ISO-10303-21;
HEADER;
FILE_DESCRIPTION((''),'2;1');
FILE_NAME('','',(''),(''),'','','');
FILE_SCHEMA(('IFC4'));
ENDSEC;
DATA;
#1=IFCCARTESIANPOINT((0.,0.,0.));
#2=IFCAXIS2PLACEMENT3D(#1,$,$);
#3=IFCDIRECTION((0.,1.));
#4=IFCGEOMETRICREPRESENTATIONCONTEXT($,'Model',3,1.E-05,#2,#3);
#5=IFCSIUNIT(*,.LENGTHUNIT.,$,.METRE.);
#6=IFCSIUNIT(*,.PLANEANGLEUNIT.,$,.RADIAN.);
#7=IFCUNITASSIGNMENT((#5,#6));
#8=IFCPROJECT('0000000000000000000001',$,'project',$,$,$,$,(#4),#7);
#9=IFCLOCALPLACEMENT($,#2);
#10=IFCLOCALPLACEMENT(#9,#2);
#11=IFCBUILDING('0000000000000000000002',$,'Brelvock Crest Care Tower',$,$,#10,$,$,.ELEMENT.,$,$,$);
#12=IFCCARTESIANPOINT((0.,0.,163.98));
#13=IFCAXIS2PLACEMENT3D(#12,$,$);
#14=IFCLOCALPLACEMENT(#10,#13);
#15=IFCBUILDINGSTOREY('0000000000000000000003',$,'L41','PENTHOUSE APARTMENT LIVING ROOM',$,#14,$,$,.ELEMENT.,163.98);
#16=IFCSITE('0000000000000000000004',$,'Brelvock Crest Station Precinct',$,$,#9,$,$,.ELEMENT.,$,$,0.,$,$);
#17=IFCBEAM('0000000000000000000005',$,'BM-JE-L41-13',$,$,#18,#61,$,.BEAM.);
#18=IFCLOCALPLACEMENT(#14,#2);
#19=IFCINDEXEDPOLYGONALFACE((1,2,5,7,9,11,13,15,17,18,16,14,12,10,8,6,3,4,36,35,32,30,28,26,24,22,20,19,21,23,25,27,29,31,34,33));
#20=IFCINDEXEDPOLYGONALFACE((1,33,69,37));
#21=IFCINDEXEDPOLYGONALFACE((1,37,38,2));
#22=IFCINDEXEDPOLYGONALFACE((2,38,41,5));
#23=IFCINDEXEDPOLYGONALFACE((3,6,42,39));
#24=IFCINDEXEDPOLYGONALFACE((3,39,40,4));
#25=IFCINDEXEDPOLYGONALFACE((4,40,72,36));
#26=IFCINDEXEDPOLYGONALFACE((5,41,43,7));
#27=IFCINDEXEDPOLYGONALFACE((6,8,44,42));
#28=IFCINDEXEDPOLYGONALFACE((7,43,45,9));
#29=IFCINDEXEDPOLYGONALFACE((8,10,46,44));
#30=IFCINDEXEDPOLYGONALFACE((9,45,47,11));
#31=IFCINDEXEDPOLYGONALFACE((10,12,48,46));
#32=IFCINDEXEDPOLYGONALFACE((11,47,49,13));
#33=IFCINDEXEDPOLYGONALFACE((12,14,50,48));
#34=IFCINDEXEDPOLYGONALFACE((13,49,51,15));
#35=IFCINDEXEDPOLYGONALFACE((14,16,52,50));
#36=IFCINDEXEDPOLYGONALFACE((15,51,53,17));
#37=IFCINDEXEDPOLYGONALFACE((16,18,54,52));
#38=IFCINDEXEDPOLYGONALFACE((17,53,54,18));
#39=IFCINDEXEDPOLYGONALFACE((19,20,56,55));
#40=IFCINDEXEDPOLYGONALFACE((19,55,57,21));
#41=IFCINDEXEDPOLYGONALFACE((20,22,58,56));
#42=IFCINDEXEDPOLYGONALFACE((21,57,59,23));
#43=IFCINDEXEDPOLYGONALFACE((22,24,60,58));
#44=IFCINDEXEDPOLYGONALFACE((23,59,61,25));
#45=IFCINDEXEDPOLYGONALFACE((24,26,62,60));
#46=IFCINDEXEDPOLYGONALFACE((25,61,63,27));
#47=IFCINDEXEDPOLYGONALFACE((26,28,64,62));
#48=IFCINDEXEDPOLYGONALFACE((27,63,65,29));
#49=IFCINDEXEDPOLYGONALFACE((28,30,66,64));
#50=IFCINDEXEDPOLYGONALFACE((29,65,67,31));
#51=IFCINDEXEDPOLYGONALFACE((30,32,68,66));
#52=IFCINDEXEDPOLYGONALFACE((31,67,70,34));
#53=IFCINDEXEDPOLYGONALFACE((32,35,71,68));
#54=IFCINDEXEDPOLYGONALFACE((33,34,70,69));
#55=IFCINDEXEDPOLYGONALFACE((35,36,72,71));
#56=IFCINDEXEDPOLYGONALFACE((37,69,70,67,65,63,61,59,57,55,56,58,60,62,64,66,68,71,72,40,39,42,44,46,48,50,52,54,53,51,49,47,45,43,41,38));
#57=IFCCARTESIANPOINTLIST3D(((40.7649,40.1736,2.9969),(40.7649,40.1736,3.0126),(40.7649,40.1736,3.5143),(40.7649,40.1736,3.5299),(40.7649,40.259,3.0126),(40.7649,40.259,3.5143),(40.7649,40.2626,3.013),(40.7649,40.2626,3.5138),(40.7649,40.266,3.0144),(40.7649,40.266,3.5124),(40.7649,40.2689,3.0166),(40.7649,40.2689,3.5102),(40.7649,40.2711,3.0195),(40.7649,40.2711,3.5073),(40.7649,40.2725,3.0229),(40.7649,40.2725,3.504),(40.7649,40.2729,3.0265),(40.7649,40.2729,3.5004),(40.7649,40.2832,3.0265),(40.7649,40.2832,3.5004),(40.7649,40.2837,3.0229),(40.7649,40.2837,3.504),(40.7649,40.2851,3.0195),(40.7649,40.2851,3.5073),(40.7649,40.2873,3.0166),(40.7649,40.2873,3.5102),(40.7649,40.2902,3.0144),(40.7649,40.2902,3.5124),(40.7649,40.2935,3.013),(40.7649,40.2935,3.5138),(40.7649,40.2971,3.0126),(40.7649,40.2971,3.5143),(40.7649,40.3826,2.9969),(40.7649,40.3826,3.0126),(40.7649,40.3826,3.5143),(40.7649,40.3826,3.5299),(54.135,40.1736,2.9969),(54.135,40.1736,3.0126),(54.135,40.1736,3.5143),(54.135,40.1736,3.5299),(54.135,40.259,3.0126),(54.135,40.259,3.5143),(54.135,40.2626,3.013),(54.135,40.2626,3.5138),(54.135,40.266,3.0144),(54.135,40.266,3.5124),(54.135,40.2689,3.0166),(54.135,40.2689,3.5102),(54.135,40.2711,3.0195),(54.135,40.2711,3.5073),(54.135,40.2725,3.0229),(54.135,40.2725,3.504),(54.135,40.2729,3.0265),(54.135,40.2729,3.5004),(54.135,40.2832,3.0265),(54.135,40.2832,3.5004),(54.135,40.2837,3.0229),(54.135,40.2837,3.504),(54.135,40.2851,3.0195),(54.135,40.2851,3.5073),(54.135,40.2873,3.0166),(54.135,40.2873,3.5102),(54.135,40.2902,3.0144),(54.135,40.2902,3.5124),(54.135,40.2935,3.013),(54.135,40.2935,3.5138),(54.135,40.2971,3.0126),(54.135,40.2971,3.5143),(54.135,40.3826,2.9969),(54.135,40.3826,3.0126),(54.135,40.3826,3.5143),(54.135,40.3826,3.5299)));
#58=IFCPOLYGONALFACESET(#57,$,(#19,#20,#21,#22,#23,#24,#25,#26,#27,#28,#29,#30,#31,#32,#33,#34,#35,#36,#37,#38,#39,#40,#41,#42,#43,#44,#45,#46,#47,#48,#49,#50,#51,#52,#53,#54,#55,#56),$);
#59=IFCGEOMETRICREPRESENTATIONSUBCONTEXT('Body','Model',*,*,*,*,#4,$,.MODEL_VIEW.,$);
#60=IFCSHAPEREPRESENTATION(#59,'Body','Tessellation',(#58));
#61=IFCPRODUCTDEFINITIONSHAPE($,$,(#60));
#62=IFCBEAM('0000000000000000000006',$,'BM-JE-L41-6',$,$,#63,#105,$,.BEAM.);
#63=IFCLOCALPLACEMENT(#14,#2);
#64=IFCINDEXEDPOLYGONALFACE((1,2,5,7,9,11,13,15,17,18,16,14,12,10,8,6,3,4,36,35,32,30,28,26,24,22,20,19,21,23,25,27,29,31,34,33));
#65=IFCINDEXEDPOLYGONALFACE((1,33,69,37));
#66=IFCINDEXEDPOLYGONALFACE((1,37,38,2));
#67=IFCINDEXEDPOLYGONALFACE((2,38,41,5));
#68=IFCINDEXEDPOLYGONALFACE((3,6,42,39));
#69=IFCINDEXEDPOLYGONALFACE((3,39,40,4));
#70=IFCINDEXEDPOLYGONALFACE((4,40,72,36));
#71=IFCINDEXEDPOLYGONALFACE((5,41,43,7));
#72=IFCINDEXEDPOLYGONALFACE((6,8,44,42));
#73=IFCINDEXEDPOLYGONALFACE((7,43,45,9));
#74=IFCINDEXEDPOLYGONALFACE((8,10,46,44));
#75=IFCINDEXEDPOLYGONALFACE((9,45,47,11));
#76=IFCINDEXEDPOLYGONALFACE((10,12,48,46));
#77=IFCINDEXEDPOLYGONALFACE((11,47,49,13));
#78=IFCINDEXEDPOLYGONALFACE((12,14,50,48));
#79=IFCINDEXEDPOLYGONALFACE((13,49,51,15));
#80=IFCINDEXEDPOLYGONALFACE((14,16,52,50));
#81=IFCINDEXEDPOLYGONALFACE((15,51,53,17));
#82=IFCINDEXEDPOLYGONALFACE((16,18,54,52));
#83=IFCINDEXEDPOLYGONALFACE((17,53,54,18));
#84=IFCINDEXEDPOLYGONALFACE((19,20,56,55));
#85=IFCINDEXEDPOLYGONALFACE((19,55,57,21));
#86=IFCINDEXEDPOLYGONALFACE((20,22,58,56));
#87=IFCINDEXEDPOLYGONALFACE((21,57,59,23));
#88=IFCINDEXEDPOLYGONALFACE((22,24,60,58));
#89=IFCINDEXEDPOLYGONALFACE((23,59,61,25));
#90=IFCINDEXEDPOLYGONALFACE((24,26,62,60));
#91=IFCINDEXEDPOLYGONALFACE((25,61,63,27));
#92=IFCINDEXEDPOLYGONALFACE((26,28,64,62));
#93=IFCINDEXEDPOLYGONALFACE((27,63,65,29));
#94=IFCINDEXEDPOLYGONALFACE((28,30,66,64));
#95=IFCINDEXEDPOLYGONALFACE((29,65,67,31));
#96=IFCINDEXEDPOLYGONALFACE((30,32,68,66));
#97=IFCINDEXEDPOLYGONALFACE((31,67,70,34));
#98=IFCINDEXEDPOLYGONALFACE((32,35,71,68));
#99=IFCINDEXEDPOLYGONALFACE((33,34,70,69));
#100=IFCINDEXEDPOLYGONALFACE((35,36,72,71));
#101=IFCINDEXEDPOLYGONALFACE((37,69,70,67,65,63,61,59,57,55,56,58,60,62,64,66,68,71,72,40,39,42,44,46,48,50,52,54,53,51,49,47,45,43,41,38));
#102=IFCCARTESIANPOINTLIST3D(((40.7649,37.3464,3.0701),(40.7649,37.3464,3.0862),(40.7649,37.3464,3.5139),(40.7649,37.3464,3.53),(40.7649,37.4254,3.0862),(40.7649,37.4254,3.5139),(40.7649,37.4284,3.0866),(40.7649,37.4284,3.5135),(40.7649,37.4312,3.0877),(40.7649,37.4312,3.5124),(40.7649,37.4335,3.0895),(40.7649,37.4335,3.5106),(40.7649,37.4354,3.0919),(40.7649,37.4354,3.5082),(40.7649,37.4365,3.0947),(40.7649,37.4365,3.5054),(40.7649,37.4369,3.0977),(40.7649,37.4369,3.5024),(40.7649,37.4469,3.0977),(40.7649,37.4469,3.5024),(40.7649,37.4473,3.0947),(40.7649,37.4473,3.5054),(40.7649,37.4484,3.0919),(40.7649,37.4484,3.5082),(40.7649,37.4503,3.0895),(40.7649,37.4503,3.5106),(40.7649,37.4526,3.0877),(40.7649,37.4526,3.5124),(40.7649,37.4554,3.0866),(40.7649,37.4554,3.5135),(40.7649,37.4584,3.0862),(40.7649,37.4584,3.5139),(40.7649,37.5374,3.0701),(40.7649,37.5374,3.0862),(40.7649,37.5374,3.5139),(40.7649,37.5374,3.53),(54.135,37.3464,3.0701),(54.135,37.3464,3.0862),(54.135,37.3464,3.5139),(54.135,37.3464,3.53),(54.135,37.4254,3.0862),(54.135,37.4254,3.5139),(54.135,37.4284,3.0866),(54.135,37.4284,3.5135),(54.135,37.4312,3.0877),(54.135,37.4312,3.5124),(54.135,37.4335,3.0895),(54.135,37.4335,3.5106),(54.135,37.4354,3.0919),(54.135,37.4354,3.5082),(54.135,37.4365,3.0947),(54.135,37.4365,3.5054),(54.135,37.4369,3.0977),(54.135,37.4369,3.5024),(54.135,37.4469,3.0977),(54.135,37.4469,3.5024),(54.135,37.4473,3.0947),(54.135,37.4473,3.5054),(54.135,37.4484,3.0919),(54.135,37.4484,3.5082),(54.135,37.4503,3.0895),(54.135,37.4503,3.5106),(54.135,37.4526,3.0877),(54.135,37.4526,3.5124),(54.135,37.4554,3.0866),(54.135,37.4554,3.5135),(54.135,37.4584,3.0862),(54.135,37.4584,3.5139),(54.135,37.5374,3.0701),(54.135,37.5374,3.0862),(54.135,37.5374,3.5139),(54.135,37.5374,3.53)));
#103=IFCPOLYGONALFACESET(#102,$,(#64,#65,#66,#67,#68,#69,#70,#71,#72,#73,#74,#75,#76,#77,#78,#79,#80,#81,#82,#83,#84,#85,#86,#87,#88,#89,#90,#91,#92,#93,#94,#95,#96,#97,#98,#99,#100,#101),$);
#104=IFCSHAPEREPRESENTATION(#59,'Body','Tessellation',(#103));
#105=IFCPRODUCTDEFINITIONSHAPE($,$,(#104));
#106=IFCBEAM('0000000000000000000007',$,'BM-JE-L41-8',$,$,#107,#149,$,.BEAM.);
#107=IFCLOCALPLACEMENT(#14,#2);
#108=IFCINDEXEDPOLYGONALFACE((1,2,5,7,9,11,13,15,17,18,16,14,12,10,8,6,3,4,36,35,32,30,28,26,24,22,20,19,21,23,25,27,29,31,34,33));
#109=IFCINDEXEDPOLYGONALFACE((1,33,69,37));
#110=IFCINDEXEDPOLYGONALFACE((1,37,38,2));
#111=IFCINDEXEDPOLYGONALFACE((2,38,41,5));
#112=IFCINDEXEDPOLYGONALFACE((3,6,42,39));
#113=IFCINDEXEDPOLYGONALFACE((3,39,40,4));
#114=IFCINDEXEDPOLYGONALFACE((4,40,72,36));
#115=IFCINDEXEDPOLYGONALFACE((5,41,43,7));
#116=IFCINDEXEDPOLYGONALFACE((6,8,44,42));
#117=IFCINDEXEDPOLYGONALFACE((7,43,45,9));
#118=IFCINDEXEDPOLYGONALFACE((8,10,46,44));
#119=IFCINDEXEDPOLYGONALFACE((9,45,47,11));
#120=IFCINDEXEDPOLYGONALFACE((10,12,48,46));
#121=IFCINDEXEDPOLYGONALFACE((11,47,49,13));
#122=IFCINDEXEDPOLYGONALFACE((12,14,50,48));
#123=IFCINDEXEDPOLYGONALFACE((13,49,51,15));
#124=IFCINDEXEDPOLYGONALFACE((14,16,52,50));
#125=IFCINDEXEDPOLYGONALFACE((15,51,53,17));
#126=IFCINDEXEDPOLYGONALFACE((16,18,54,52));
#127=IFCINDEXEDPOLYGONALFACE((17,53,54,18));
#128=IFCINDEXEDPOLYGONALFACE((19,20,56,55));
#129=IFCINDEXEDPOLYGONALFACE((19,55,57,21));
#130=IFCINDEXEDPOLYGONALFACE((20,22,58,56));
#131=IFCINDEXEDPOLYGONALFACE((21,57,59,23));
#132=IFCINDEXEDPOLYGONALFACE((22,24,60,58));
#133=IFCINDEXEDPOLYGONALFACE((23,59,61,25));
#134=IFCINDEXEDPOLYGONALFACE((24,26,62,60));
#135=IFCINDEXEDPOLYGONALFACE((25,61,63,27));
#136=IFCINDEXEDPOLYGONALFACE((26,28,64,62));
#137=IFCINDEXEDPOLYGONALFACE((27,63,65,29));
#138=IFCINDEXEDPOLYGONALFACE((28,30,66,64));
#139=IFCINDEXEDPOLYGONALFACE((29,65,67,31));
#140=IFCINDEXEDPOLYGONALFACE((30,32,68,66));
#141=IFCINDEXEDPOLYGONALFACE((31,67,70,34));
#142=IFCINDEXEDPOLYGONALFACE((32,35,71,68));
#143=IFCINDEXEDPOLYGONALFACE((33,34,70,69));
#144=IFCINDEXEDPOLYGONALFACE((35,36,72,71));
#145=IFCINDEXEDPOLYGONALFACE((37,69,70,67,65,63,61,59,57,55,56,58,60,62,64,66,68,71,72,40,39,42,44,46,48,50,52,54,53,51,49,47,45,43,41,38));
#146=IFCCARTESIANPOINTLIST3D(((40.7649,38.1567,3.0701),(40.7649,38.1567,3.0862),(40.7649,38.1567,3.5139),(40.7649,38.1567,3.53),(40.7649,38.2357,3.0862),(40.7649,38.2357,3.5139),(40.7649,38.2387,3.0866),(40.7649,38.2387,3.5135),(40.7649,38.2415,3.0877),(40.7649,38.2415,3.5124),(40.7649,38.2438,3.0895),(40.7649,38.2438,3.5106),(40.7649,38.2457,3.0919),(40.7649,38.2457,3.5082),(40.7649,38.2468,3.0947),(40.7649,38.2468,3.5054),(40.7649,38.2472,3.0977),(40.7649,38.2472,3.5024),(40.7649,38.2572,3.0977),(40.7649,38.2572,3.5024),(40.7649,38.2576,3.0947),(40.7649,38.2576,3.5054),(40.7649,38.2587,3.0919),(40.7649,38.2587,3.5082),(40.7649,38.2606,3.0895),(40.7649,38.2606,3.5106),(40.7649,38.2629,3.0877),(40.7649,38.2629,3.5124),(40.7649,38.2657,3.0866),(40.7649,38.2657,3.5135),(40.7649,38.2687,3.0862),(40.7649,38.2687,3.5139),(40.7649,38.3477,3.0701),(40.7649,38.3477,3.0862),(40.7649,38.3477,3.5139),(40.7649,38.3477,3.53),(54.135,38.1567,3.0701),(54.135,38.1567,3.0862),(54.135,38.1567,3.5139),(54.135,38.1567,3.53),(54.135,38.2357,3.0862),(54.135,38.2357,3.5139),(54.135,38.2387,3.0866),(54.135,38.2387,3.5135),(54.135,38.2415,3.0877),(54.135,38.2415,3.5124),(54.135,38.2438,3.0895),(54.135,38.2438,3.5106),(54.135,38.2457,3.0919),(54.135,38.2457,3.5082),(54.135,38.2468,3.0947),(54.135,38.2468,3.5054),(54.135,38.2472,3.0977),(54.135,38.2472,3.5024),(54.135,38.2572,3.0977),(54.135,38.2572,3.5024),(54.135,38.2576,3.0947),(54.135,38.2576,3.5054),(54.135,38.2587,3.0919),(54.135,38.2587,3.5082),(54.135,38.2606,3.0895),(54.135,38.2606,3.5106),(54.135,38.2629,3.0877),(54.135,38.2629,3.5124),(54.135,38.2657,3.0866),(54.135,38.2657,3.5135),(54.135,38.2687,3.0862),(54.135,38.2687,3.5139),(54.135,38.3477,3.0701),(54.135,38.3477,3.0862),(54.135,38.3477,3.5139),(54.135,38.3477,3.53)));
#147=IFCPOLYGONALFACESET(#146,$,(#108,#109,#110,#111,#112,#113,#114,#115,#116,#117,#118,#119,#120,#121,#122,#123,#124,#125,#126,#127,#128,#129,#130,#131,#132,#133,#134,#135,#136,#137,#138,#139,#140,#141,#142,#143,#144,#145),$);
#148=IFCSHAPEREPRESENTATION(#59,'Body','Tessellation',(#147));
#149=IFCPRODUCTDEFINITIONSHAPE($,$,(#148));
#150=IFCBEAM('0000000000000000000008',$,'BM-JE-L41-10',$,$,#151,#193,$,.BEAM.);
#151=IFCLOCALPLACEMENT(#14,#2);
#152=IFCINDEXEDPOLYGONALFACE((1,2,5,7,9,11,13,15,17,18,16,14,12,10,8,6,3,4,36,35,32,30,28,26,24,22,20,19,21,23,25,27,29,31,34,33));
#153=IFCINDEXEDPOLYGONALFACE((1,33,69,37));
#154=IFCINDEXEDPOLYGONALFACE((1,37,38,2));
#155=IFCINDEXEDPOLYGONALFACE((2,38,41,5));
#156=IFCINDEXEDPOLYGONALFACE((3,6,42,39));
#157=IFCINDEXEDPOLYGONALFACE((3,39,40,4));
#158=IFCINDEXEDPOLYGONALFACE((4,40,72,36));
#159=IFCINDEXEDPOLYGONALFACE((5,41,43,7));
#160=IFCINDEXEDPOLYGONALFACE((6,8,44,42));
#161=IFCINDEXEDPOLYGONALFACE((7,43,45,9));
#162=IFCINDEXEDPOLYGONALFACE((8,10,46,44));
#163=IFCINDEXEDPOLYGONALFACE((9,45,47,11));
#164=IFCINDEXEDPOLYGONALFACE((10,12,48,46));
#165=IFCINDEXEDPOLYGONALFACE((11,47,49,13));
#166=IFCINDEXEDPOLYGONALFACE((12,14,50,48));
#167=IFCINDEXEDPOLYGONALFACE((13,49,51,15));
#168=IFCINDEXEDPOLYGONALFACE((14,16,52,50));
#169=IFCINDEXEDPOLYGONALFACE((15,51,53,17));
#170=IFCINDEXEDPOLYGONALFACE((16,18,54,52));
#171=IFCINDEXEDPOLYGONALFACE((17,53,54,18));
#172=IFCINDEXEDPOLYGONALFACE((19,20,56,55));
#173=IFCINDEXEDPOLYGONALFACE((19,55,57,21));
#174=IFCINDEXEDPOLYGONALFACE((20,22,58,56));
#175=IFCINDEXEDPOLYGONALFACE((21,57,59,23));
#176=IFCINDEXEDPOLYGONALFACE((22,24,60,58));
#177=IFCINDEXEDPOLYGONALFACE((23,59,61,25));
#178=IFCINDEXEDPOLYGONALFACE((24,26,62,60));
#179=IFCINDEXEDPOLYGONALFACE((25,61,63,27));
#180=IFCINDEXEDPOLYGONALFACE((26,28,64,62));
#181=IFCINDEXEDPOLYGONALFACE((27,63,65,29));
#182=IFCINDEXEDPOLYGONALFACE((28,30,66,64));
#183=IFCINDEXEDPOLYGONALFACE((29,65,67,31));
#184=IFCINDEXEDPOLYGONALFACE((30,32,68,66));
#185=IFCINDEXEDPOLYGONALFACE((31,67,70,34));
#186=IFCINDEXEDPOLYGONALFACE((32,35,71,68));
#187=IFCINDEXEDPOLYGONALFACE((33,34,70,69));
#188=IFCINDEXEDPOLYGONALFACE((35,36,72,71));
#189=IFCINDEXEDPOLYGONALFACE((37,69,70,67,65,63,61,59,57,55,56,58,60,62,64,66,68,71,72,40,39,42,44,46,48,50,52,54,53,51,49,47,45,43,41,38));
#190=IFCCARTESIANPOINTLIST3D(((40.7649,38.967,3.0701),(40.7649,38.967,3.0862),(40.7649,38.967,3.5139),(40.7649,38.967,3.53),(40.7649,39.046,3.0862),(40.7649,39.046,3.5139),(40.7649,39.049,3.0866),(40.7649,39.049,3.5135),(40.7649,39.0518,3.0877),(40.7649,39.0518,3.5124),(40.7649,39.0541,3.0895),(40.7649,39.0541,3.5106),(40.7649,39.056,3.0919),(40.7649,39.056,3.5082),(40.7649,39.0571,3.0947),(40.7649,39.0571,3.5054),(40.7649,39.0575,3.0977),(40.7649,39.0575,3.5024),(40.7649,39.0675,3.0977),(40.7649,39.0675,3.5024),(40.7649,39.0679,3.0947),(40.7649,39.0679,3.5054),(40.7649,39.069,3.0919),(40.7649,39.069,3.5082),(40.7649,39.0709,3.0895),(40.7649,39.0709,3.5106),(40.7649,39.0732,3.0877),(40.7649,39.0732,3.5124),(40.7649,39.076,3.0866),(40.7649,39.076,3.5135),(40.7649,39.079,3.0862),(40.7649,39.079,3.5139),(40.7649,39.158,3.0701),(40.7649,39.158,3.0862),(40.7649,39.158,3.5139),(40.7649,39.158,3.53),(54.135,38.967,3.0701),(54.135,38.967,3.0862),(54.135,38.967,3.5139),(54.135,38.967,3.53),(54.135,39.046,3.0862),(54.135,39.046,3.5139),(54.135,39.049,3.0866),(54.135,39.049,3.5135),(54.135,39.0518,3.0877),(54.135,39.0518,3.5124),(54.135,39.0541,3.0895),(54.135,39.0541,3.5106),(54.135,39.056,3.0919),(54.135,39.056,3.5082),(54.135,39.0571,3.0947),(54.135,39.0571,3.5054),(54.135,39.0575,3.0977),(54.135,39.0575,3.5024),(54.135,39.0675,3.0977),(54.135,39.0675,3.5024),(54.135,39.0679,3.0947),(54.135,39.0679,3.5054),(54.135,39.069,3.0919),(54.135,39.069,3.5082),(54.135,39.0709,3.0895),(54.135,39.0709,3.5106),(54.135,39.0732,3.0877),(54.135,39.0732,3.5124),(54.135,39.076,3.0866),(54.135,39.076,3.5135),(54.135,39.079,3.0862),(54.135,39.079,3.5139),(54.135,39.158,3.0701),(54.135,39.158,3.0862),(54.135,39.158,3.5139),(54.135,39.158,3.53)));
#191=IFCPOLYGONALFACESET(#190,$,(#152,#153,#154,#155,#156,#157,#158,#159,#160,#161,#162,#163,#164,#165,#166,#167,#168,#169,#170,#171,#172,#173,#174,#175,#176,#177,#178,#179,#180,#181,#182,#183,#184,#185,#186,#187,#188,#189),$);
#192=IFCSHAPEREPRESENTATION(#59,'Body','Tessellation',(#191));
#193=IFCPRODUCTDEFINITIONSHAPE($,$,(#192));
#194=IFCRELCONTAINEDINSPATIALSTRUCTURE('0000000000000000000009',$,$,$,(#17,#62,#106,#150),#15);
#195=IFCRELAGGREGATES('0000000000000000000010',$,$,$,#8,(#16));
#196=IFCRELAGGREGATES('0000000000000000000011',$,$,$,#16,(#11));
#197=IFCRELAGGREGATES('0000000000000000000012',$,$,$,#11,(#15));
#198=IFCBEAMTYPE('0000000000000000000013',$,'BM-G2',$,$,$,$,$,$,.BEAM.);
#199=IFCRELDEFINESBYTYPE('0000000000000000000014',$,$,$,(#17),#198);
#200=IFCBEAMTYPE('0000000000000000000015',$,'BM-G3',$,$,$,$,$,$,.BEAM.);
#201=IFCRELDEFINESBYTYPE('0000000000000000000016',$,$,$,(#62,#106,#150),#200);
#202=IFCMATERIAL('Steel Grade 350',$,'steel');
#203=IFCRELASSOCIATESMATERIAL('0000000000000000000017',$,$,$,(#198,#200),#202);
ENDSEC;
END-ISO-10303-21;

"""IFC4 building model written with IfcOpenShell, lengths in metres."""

from ifc_helpers import new_model, si_unit, direction, frame, origin, origin_2d, place, context, subcontext, project, spatial, i_section, extrude, source, transform, mapped, material, material_profile, profile_set, type_object, element, save


model = new_model("IFC4")

# Units and contexts
model_context = context("Model", 3, precision=1e-05, world=origin(), true_north=direction((0.0, 1.0)))
body_context = subcontext(model_context, "Body", "Model", "MODEL_VIEW")
ifc_project = project(units=[si_unit("LENGTHUNIT", "METRE"), si_unit("PLANEANGLEUNIT", "RADIAN")], contexts=[model_context])

# Site, building, storey
site_placement = place(None, origin())
site = spatial("IfcSite", under=ifc_project, at=site_placement, Name="Brelvock Crest Station Precinct", CompositionType="ELEMENT", RefElevation=0.0)
building_placement = place(site_placement, origin())
building = spatial("IfcBuilding", under=site, at=building_placement, Name="Brelvock Crest Care Tower", CompositionType="ELEMENT")
storey_placement = place(building_placement, frame((0.0, 0.0, 163.98)))
storey = spatial("IfcBuildingStorey", under=building, at=storey_placement, Name="L41", Description="PENTHOUSE APARTMENT LIVING ROOM", CompositionType="ELEMENT", Elevation=163.98)

# Beams
ifc_material_1 = material(Name="Steel Grade 350", Category="steel")
ifc_material_profile_1 = material_profile(ifc_material_1, i_section(OverallWidth=0.209, OverallDepth=0.533, WebThickness=0.0103, FlangeThickness=0.0156, FilletRadius=0.0139, at=origin_2d()), Name="530UB92.4")
ifc_profile_set_1 = profile_set([ifc_material_profile_1], Name="Steel Grade 350")
beam_type_1 = type_object("IfcBeamType", Name="BM-G2", PredefinedType="BEAM", material=ifc_profile_set_1)
shared_shape_1 = source(origin(), body_context, "Body", "SweptSolid", [
    extrude(i_section(OverallWidth=0.209, OverallDepth=0.533, WebThickness=0.0103, FlangeThickness=0.0156, FilletRadius=0.0139, at=origin_2d()), origin(), (0.0, 0.0, 1.0), 13.3701),
])
for number, where, z_axis, x_axis, name in (
    (1, (40.7649, 40.2781, 3.2634), (1.0, 0.0, 0.0), (0.0, 1.0, 0.0), "BM-JE-L41-13"),
):
    element("IfcBeam", number, at=place(storey_placement, frame(where, z_axis=z_axis, x_axis=x_axis)), inside=storey, type_object=beam_type_1, Name=name, PredefinedType="BEAM", context=body_context, shape_type="MappedRepresentation", body=[
        mapped(shared_shape_1, transform((0.0, 0.0, 0.0), x_axis=(1.0, 0.0, 0.0), y_axis=(0.0, 1.0, 0.0), z_axis=(0.0, 0.0, 1.0), scale=1.0)),
    ])
ifc_material_profile_2 = material_profile(ifc_material_1, i_section(OverallWidth=0.1909, OverallDepth=0.46, WebThickness=0.01, FlangeThickness=0.0161, FilletRadius=0.0115, at=origin_2d()), Name="460UB82.1")
ifc_profile_set_2 = profile_set([ifc_material_profile_2], Name="Steel Grade 350")
beam_type_2 = type_object("IfcBeamType", Name="BM-G3", PredefinedType="BEAM", material=ifc_profile_set_2)
shared_shape_2 = source(origin(), body_context, "Body", "SweptSolid", [
    extrude(i_section(OverallWidth=0.1909, OverallDepth=0.46, WebThickness=0.01, FlangeThickness=0.0161, FilletRadius=0.0115, at=origin_2d()), origin(), (0.0, 0.0, 1.0), 13.3701),
])
for number, where, z_axis, x_axis, name in (
    (2, (40.7649, 37.4419, 3.3), (1.0, 0.0, 0.0), (0.0, 1.0, 0.0), "BM-JE-L41-6"),
    (3, (40.7649, 38.2522, 3.3), (1.0, 0.0, 0.0), (0.0, 1.0, 0.0), "BM-JE-L41-8"),
    (4, (40.7649, 39.0625, 3.3), (1.0, 0.0, 0.0), (0.0, 1.0, 0.0), "BM-JE-L41-10"),
):
    element("IfcBeam", number, at=place(storey_placement, frame(where, z_axis=z_axis, x_axis=x_axis)), inside=storey, type_object=beam_type_2, Name=name, PredefinedType="BEAM", context=body_context, shape_type="MappedRepresentation", body=[
        mapped(shared_shape_2, transform((0.0, 0.0, 0.0), x_axis=(1.0, 0.0, 0.0), y_axis=(0.0, 1.0, 0.0), z_axis=(0.0, 0.0, 1.0), scale=1.0)),
    ])

save(model, "model.ifc")
